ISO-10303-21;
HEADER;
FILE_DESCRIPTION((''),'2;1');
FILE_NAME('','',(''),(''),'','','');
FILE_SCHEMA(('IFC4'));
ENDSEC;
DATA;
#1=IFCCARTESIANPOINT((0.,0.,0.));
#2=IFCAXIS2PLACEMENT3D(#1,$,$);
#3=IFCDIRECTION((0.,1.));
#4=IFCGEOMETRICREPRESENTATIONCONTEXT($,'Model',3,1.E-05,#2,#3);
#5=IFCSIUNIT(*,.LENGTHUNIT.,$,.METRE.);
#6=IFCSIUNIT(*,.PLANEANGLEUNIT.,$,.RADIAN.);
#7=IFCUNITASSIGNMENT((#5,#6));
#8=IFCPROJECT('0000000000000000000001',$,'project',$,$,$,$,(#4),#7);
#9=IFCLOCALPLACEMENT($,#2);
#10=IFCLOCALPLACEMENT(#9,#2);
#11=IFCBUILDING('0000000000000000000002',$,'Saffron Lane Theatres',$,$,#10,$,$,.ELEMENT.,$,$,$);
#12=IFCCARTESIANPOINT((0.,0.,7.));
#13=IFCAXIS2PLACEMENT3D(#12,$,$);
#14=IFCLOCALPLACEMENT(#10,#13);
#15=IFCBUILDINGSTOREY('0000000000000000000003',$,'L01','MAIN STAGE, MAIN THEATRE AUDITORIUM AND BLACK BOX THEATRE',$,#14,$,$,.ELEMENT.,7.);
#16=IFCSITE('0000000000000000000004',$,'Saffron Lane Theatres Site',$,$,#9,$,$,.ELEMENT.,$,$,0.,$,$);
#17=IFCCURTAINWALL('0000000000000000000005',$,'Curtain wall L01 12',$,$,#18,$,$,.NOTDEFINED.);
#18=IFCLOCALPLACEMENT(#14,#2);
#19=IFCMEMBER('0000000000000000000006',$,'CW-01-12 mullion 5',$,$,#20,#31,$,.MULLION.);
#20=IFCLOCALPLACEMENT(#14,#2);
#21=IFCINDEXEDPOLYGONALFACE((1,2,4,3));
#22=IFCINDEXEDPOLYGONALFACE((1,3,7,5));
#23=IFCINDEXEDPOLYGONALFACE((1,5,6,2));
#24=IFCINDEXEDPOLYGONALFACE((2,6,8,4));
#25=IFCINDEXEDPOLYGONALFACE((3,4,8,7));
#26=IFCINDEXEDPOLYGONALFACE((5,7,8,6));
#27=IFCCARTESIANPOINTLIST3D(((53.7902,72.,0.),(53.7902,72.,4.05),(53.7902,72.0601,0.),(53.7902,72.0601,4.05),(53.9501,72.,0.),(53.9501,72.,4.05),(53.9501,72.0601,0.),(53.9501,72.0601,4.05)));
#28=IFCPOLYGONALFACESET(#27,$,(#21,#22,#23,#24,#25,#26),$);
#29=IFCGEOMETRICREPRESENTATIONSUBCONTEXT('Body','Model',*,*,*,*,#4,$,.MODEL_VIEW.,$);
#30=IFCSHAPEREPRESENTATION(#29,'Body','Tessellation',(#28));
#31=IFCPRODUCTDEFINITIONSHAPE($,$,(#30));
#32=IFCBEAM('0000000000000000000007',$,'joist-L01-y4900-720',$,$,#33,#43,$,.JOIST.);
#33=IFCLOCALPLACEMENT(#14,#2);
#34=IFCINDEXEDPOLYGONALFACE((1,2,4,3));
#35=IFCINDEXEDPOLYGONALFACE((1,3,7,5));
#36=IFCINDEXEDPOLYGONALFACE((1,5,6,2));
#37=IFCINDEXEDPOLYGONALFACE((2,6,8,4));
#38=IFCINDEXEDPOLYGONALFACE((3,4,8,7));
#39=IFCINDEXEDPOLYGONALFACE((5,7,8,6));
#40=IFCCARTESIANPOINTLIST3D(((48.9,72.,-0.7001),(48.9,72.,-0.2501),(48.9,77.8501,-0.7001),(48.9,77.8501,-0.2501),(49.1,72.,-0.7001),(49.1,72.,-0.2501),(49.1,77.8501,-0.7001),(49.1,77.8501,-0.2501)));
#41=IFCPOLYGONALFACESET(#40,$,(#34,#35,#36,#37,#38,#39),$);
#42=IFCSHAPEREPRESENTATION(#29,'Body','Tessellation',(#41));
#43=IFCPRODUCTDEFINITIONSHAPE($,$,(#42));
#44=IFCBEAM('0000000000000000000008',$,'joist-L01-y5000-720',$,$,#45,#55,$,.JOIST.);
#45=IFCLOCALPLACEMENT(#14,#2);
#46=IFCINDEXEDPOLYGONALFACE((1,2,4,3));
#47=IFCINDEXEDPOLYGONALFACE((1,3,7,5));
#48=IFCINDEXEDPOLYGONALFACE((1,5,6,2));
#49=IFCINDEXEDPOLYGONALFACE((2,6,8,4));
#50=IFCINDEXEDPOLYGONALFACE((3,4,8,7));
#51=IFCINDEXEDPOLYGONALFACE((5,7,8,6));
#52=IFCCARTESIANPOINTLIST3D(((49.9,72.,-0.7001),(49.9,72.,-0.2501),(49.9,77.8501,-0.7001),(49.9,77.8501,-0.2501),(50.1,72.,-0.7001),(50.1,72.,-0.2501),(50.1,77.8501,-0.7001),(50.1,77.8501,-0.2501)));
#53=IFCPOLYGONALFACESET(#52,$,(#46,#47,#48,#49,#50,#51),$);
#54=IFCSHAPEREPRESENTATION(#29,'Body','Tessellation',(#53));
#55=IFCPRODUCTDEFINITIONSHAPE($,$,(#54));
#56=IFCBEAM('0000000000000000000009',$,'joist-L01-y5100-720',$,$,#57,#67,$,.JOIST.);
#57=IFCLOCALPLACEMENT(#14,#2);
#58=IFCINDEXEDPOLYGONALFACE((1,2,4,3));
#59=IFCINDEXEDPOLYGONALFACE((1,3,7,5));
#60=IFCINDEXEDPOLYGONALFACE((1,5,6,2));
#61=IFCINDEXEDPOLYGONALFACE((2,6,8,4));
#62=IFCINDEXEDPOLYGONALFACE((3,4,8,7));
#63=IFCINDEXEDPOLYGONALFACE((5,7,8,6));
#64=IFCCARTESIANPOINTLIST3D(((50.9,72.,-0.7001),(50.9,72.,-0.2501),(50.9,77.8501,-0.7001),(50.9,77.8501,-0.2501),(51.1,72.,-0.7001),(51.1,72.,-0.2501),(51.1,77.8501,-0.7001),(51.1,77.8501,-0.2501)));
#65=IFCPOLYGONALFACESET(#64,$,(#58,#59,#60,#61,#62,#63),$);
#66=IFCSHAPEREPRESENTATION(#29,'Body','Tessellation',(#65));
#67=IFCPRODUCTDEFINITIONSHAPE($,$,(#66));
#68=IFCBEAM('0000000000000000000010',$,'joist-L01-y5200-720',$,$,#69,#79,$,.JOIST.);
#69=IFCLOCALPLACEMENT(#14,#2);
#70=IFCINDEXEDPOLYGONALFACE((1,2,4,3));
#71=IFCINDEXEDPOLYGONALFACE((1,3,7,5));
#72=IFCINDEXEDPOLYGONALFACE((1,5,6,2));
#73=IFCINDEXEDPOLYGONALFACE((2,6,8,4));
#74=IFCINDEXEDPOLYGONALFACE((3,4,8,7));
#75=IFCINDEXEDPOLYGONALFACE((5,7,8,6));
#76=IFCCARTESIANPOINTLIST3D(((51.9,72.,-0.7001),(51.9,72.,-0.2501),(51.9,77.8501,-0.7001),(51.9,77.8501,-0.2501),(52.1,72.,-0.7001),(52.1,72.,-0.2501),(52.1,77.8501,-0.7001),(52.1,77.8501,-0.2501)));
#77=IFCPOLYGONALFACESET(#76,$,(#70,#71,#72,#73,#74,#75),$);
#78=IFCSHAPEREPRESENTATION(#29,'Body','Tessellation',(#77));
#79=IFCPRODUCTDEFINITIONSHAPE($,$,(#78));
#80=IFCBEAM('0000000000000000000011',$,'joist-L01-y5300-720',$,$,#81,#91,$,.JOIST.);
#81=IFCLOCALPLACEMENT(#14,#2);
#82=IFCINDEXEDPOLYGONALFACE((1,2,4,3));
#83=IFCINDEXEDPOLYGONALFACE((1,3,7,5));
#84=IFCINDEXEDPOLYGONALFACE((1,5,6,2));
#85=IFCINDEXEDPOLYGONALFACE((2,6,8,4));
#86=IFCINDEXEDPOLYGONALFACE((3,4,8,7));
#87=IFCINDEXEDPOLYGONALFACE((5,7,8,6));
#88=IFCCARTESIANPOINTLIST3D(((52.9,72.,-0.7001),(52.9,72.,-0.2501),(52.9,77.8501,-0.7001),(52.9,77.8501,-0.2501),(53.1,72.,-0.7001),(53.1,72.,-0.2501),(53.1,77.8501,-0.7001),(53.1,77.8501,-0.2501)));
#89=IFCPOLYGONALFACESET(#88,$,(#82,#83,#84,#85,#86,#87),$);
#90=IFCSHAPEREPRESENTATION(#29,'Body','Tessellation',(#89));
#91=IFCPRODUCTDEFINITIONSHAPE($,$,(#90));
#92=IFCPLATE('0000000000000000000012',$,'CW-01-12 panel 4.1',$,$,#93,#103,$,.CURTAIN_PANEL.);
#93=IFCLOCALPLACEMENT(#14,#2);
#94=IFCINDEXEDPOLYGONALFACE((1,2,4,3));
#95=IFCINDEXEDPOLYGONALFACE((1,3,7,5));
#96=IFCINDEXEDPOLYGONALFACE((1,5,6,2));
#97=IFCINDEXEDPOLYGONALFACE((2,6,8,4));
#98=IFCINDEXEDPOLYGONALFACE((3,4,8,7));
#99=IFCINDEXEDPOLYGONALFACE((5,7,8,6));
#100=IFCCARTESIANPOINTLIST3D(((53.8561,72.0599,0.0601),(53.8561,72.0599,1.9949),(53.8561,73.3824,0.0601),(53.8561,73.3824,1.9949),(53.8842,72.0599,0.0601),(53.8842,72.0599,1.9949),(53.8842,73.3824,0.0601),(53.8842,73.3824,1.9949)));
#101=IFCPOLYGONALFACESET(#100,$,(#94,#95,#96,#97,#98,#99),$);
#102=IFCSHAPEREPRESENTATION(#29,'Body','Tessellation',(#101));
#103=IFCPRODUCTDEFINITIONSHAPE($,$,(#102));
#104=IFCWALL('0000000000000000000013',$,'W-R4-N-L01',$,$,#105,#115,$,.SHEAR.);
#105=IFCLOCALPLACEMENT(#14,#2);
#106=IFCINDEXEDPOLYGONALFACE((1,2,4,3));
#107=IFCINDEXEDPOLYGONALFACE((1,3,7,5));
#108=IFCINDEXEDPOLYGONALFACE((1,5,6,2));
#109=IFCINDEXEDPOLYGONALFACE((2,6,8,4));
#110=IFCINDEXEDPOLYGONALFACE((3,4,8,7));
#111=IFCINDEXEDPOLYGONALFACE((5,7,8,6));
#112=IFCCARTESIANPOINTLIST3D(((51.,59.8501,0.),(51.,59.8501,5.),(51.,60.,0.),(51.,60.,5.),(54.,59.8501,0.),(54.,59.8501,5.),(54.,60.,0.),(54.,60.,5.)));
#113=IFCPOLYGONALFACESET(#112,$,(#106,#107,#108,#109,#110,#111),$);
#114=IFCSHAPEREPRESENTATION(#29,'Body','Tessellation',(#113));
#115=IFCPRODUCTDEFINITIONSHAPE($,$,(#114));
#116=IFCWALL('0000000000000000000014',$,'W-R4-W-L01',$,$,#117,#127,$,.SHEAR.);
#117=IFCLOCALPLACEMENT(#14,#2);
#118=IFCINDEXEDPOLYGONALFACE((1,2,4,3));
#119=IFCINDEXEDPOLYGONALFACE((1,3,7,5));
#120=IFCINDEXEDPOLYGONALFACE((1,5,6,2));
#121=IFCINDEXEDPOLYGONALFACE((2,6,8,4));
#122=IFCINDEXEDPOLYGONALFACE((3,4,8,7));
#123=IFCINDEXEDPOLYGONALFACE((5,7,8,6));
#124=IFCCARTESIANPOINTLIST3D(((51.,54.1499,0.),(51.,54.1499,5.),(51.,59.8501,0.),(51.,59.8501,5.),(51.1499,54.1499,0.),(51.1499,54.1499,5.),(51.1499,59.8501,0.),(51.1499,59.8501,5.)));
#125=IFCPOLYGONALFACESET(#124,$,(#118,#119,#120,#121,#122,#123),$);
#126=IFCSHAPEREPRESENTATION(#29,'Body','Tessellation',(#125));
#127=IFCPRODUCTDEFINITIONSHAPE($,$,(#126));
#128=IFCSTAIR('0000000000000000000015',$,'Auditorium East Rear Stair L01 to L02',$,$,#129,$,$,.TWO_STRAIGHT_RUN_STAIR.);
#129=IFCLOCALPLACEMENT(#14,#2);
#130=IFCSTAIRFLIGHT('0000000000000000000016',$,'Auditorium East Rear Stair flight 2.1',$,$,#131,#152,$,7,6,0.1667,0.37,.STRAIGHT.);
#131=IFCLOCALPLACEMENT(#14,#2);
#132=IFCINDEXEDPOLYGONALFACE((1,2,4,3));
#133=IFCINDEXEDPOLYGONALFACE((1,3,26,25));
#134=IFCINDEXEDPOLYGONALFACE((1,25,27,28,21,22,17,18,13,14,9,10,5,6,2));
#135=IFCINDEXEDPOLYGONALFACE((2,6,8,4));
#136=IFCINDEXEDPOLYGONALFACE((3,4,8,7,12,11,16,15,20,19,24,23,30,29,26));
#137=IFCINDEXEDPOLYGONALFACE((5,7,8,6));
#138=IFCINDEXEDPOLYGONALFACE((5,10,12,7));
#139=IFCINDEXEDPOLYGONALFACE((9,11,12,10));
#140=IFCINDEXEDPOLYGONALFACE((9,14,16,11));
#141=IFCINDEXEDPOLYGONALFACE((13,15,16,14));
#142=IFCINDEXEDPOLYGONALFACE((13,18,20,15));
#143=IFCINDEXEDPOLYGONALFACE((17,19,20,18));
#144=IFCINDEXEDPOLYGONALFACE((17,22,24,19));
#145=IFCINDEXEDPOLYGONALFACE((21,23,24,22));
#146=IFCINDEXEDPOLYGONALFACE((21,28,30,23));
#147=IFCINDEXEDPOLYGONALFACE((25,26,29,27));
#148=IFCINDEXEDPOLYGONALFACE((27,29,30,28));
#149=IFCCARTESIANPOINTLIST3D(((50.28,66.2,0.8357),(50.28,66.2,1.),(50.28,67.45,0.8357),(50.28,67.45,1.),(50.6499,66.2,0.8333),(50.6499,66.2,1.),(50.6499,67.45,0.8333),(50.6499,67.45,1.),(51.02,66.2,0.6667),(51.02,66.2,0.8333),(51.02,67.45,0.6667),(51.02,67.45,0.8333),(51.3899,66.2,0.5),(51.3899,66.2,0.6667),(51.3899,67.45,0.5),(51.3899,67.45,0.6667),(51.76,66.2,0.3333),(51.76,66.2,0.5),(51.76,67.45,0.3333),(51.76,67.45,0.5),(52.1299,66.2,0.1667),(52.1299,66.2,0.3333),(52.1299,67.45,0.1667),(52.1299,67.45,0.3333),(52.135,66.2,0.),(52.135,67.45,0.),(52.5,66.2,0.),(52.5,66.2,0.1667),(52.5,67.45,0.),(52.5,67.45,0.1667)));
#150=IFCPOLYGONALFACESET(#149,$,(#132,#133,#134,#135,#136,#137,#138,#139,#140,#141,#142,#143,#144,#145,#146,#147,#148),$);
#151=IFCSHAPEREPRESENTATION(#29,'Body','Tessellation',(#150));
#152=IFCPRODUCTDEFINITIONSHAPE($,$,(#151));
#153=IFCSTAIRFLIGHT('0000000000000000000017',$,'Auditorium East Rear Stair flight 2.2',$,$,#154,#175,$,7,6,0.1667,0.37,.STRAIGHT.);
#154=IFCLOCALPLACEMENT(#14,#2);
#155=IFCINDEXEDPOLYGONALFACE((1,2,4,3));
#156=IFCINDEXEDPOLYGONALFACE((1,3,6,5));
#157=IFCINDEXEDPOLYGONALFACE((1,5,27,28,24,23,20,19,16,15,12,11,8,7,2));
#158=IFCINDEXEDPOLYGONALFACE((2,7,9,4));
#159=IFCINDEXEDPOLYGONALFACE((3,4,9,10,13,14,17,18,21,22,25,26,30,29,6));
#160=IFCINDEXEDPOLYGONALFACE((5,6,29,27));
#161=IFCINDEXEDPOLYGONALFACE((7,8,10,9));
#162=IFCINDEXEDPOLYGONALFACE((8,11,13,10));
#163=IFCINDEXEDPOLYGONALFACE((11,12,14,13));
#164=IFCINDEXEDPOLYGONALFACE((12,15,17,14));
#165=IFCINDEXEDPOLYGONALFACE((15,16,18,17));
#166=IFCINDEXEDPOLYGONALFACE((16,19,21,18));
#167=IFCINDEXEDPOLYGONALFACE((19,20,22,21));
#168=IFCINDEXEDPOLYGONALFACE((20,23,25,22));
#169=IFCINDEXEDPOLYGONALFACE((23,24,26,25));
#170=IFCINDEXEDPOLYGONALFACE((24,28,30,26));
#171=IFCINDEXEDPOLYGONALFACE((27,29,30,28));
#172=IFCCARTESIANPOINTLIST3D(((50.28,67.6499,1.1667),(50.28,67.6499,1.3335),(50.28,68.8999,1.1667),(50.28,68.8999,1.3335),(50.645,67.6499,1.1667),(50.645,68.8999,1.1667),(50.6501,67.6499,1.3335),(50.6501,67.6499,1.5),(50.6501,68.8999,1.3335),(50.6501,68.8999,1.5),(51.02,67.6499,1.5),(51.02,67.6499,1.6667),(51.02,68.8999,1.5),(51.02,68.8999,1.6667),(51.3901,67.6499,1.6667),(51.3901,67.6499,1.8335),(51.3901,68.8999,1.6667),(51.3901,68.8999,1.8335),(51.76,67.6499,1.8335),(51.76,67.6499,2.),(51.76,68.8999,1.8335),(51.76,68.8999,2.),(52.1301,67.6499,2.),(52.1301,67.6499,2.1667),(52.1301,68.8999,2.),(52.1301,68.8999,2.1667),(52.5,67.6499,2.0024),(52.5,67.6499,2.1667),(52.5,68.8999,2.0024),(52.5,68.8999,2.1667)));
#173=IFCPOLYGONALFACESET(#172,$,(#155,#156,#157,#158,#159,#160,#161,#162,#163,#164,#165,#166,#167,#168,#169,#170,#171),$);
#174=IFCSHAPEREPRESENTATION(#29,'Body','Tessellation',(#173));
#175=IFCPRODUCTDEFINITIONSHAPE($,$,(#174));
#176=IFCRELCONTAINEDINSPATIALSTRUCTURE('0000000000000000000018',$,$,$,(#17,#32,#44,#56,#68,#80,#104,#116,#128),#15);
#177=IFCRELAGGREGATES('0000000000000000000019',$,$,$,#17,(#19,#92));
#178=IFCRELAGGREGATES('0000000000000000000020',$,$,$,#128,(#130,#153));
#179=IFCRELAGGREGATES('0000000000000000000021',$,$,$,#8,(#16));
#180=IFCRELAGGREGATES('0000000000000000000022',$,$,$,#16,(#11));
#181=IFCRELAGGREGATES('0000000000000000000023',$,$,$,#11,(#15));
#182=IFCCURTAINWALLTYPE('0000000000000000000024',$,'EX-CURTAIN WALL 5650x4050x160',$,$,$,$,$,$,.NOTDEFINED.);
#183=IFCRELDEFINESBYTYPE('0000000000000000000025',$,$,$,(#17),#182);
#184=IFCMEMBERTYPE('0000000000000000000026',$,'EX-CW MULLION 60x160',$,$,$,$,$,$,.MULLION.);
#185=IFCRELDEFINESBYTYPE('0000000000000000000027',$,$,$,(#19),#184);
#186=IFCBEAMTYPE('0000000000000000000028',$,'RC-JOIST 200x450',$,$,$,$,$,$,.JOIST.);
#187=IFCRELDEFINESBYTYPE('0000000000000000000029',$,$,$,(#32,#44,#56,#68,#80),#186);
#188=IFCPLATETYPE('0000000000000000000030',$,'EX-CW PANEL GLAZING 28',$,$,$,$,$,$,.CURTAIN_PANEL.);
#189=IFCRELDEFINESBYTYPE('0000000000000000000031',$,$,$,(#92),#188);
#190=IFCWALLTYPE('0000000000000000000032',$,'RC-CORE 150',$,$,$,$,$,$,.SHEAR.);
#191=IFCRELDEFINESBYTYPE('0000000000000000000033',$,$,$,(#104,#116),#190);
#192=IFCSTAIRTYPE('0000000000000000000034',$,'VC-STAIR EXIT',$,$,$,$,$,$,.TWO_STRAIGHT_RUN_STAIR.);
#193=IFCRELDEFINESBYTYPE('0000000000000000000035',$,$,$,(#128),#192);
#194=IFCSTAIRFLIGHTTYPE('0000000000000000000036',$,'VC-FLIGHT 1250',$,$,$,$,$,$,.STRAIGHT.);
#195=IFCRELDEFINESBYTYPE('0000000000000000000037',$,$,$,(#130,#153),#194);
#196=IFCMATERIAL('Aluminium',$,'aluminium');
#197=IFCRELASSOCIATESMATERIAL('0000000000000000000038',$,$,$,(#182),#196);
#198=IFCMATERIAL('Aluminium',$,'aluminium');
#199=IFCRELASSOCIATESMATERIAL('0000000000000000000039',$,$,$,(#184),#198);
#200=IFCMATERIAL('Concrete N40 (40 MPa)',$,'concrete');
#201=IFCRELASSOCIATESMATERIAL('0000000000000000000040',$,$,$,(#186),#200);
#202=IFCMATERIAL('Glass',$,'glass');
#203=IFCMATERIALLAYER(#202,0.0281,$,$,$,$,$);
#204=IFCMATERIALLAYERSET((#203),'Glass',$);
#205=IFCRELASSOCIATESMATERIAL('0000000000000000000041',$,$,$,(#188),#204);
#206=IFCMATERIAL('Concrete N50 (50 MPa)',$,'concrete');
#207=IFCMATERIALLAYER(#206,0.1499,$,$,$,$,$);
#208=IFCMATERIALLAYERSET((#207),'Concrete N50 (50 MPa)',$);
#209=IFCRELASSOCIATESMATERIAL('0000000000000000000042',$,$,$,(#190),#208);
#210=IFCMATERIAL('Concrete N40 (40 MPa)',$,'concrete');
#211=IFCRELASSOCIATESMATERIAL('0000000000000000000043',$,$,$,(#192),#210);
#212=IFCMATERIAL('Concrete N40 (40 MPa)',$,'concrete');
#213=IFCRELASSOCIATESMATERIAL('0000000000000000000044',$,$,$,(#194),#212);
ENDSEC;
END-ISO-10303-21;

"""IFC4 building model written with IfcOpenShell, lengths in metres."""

from ifc_helpers import new_model, si_unit, direction, frame, frame_2d, origin, origin_2d, place, context, subcontext, project, spatial, polyline, rectangle, outline, extrude, material, layer, layer_set, material_profile, profile_set, type_object, element, aggregate, save


model = new_model("IFC4")

# Units and contexts
model_context = context("Model", 3, precision=1e-05, world=origin(), true_north=direction((0.0, 1.0)))
body_context = subcontext(model_context, "Body", "Model", "MODEL_VIEW")
ifc_project = project(units=[si_unit("LENGTHUNIT", "METRE"), si_unit("PLANEANGLEUNIT", "RADIAN")], contexts=[model_context])

# Site, building, storey
site_placement = place(None, origin())
site = spatial("IfcSite", under=ifc_project, at=site_placement, Name="Saffron Lane Theatres Site", CompositionType="ELEMENT", RefElevation=0.0)
building_placement = place(site_placement, origin())
building = spatial("IfcBuilding", under=site, at=building_placement, Name="Saffron Lane Theatres", CompositionType="ELEMENT")
storey_placement = place(building_placement, frame((0.0, 0.0, 7.0)))
storey = spatial("IfcBuildingStorey", under=building, at=storey_placement, Name="L01", Description="MAIN STAGE, MAIN THEATRE AUDITORIUM AND BLACK BOX THEATRE", CompositionType="ELEMENT", Elevation=7.0)

# Curtain wall, member
ifc_material_1 = material(Name="Aluminium", Category="aluminium")
curtain_wall_type = type_object("IfcCurtainWallType", Name="EX-CURTAIN WALL 5650x4050x160", PredefinedType="NOTDEFINED", material=ifc_material_1)
curtain_wall_placement = place(storey_placement, origin())
curtain_wall = element("IfcCurtainWall", 1, at=curtain_wall_placement, inside=storey, type_object=curtain_wall_type, Name="Curtain wall L01 12", PredefinedType="NOTDEFINED")
ifc_material_2 = material(Name="Aluminium", Category="aluminium")
ifc_material_profile_1 = material_profile(ifc_material_2, rectangle(XDim=0.0601, YDim=0.1599, at=origin_2d()))
ifc_profile_set_1 = profile_set([ifc_material_profile_1], Name="Aluminium")
member_type = type_object("IfcMemberType", Name="EX-CW MULLION 60x160", PredefinedType="MULLION", material=ifc_profile_set_1)
member_placement = place(storey_placement, frame((53.8701, 72.03, 0.0), z_axis=(0.0, 0.0, 1.0), x_axis=(0.0, -1.0, 0.0)))
member = element("IfcMember", 2, at=member_placement, type_object=member_type, Name="CW-01-12 mullion 5", PredefinedType="MULLION", context=body_context, shape_type="SweptSolid", body=[
    extrude(rectangle(XDim=0.0601, YDim=0.1599, at=origin_2d()), origin(), (0.0, 0.0, 1.0), 4.05),
])

# Beams
ifc_material_3 = material(Name="Concrete N40 (40 MPa)", Category="concrete")
ifc_material_profile_2 = material_profile(ifc_material_3, rectangle(XDim=0.2, YDim=0.45, at=origin_2d()))
ifc_profile_set_2 = profile_set([ifc_material_profile_2], Name="Concrete N40 (40 MPa)")
beam_type = type_object("IfcBeamType", Name="RC-JOIST 200x450", PredefinedType="JOIST", material=ifc_profile_set_2)
for number, where, z_axis, x_axis, name in (
    (3, (49.0, 72.0, -0.4751), (0.0, 1.0, 0.0), (-1.0, 0.0, 0.0), "joist-L01-y4900-720"),
    (4, (50.0, 72.0, -0.4751), (0.0, 1.0, 0.0), (-1.0, 0.0, 0.0), "joist-L01-y5000-720"),
    (5, (51.0, 72.0, -0.4751), (0.0, 1.0, 0.0), (-1.0, 0.0, 0.0), "joist-L01-y5100-720"),
    (6, (52.0, 72.0, -0.4751), (0.0, 1.0, 0.0), (-1.0, 0.0, 0.0), "joist-L01-y5200-720"),
    (7, (53.0, 72.0, -0.4751), (0.0, 1.0, 0.0), (-1.0, 0.0, 0.0), "joist-L01-y5300-720"),
):
    element("IfcBeam", number, at=place(storey_placement, frame(where, z_axis=z_axis, x_axis=x_axis)), inside=storey, type_object=beam_type, Name=name, PredefinedType="JOIST", context=body_context, shape_type="SweptSolid", body=[
        extrude(rectangle(XDim=0.2, YDim=0.45, at=origin_2d()), origin(), (0.0, 0.0, 1.0), 5.8501),
    ])

# Plate
ifc_material_4 = material(Name="Glass", Category="glass")
ifc_layer_1 = layer(ifc_material_4, 0.0281)
ifc_layer_set_1 = layer_set([ifc_layer_1], Name="Glass")
plate_type = type_object("IfcPlateType", Name="EX-CW PANEL GLAZING 28", PredefinedType="CURTAIN_PANEL", material=ifc_layer_set_1)
plate_placement = place(storey_placement, frame((53.8701, 72.7212, 0.0601), z_axis=(0.0, 0.0, 1.0), x_axis=(0.0, -1.0, 0.0)))
plate = element("IfcPlate", 8, at=plate_placement, type_object=plate_type, Name="CW-01-12 panel 4.1", PredefinedType="CURTAIN_PANEL", context=body_context, shape_type="SweptSolid", body=[
    extrude(rectangle(XDim=1.3225, YDim=0.0281, at=origin_2d()), origin(), (0.0, 0.0, 1.0), 1.9348),
])
aggregate(curtain_wall, [member, plate])

# Walls
ifc_material_5 = material(Name="Concrete N50 (50 MPa)", Category="concrete")
ifc_layer_2 = layer(ifc_material_5, 0.1499)
ifc_layer_set_2 = layer_set([ifc_layer_2], Name="Concrete N50 (50 MPa)")
wall_type = type_object("IfcWallType", Name="RC-CORE 150", PredefinedType="SHEAR", material=ifc_layer_set_2)
wall_1_placement = place(storey_placement, frame((51.0, 59.925, 0.0), z_axis=(0.0, 0.0, 1.0), x_axis=(1.0, 0.0, 0.0)))
element("IfcWall", 9, at=wall_1_placement, inside=storey, type_object=wall_type, Name="W-R4-N-L01", PredefinedType="SHEAR", context=body_context, shape_type="SweptSolid", body=[
    extrude(rectangle(XDim=3.0, YDim=0.1499, at=frame_2d((1.5, 0.0))), origin(), (0.0, 0.0, 1.0), 5.0),
])
wall_2_placement = place(storey_placement, frame((51.075, 54.1499, 0.0), z_axis=(0.0, 0.0, 1.0), x_axis=(0.0, 1.0, 0.0)))
element("IfcWall", 10, at=wall_2_placement, inside=storey, type_object=wall_type, Name="W-R4-W-L01", PredefinedType="SHEAR", context=body_context, shape_type="SweptSolid", body=[
    extrude(rectangle(XDim=5.7002, YDim=0.1499, at=frame_2d((2.8501, 0.0))), origin(), (0.0, 0.0, 1.0), 5.0),
])

# Stair, stair flights
ifc_material_6 = material(Name="Concrete N40 (40 MPa)", Category="concrete")
stair_type = type_object("IfcStairType", Name="VC-STAIR EXIT", PredefinedType="TWO_STRAIGHT_RUN_STAIR", material=ifc_material_6)
stair_1_placement = place(storey_placement, origin())
stair_1 = element("IfcStair", 11, at=stair_1_placement, inside=storey, type_object=stair_type, Name="Auditorium East Rear Stair L01 to L02", PredefinedType="TWO_STRAIGHT_RUN_STAIR")
ifc_material_7 = material(Name="Concrete N40 (40 MPa)", Category="concrete")
stair_flight_type = type_object("IfcStairFlightType", Name="VC-FLIGHT 1250", PredefinedType="STRAIGHT", material=ifc_material_7)
stair_flight_1_placement = place(storey_placement, frame((52.5, 66.825, 0.0), z_axis=(0.0, 0.0, 1.0), x_axis=(-1.0, 0.0, 0.0)))
stair_flight_1 = element("IfcStairFlight", 12, at=stair_flight_1_placement, type_object=stair_flight_type, Name="Auditorium East Rear Stair flight 2.1", NumberOfRisers=7, NumberOfTreads=6, PredefinedType="STRAIGHT", RiserHeight=0.1667, TreadLength=0.37, context=body_context, shape_type="SweptSolid", body=[
    extrude(outline(polyline([(0.0, 0.0), (0.0, 0.1667), (0.3701, 0.1667), (0.3701, 0.3333), (0.74, 0.3333), (0.74, 0.5), (1.1101, 0.5), (1.1101, 0.6667), (1.48, 0.6667), (1.48, 0.8333), (1.8501, 0.8333), (1.8501, 1.0), (2.22, 1.0), (2.22, 1.1667), (2.22, 0.8357), (0.365, 0.0), (0.0, 0.0)])), frame((0.0, 0.625, 0.0), z_axis=(0.0, -1.0, 0.0), x_axis=(1.0, 0.0, 0.0)), (0.0, 0.0, 1.0), 1.25),
])
stair_flight_2_placement = place(storey_placement, frame((50.28, 68.2749, 1.1667), z_axis=(0.0, 0.0, 1.0), x_axis=(1.0, 0.0, 0.0)))
stair_flight_2 = element("IfcStairFlight", 13, at=stair_flight_2_placement, type_object=stair_flight_type, Name="Auditorium East Rear Stair flight 2.2", NumberOfRisers=7, NumberOfTreads=6, PredefinedType="STRAIGHT", RiserHeight=0.1667, TreadLength=0.37, context=body_context, shape_type="SweptSolid", body=[
    extrude(outline(polyline([(0.0, 0.0), (0.0, 0.1667), (0.3701, 0.1667), (0.3701, 0.3333), (0.74, 0.3333), (0.74, 0.5), (1.1101, 0.5), (1.1101, 0.6667), (1.48, 0.6667), (1.48, 0.8333), (1.8501, 0.8333), (1.8501, 1.0), (2.22, 1.0), (2.22, 1.1667), (2.22, 0.8357), (0.365, 0.0), (0.0, 0.0)])), frame((0.0, 0.625, 0.0), z_axis=(0.0, -1.0, 0.0), x_axis=(1.0, 0.0, 0.0)), (0.0, 0.0, 1.0), 1.25),
])
aggregate(stair_1, [stair_flight_1, stair_flight_2])

save(model, "model.ifc")
